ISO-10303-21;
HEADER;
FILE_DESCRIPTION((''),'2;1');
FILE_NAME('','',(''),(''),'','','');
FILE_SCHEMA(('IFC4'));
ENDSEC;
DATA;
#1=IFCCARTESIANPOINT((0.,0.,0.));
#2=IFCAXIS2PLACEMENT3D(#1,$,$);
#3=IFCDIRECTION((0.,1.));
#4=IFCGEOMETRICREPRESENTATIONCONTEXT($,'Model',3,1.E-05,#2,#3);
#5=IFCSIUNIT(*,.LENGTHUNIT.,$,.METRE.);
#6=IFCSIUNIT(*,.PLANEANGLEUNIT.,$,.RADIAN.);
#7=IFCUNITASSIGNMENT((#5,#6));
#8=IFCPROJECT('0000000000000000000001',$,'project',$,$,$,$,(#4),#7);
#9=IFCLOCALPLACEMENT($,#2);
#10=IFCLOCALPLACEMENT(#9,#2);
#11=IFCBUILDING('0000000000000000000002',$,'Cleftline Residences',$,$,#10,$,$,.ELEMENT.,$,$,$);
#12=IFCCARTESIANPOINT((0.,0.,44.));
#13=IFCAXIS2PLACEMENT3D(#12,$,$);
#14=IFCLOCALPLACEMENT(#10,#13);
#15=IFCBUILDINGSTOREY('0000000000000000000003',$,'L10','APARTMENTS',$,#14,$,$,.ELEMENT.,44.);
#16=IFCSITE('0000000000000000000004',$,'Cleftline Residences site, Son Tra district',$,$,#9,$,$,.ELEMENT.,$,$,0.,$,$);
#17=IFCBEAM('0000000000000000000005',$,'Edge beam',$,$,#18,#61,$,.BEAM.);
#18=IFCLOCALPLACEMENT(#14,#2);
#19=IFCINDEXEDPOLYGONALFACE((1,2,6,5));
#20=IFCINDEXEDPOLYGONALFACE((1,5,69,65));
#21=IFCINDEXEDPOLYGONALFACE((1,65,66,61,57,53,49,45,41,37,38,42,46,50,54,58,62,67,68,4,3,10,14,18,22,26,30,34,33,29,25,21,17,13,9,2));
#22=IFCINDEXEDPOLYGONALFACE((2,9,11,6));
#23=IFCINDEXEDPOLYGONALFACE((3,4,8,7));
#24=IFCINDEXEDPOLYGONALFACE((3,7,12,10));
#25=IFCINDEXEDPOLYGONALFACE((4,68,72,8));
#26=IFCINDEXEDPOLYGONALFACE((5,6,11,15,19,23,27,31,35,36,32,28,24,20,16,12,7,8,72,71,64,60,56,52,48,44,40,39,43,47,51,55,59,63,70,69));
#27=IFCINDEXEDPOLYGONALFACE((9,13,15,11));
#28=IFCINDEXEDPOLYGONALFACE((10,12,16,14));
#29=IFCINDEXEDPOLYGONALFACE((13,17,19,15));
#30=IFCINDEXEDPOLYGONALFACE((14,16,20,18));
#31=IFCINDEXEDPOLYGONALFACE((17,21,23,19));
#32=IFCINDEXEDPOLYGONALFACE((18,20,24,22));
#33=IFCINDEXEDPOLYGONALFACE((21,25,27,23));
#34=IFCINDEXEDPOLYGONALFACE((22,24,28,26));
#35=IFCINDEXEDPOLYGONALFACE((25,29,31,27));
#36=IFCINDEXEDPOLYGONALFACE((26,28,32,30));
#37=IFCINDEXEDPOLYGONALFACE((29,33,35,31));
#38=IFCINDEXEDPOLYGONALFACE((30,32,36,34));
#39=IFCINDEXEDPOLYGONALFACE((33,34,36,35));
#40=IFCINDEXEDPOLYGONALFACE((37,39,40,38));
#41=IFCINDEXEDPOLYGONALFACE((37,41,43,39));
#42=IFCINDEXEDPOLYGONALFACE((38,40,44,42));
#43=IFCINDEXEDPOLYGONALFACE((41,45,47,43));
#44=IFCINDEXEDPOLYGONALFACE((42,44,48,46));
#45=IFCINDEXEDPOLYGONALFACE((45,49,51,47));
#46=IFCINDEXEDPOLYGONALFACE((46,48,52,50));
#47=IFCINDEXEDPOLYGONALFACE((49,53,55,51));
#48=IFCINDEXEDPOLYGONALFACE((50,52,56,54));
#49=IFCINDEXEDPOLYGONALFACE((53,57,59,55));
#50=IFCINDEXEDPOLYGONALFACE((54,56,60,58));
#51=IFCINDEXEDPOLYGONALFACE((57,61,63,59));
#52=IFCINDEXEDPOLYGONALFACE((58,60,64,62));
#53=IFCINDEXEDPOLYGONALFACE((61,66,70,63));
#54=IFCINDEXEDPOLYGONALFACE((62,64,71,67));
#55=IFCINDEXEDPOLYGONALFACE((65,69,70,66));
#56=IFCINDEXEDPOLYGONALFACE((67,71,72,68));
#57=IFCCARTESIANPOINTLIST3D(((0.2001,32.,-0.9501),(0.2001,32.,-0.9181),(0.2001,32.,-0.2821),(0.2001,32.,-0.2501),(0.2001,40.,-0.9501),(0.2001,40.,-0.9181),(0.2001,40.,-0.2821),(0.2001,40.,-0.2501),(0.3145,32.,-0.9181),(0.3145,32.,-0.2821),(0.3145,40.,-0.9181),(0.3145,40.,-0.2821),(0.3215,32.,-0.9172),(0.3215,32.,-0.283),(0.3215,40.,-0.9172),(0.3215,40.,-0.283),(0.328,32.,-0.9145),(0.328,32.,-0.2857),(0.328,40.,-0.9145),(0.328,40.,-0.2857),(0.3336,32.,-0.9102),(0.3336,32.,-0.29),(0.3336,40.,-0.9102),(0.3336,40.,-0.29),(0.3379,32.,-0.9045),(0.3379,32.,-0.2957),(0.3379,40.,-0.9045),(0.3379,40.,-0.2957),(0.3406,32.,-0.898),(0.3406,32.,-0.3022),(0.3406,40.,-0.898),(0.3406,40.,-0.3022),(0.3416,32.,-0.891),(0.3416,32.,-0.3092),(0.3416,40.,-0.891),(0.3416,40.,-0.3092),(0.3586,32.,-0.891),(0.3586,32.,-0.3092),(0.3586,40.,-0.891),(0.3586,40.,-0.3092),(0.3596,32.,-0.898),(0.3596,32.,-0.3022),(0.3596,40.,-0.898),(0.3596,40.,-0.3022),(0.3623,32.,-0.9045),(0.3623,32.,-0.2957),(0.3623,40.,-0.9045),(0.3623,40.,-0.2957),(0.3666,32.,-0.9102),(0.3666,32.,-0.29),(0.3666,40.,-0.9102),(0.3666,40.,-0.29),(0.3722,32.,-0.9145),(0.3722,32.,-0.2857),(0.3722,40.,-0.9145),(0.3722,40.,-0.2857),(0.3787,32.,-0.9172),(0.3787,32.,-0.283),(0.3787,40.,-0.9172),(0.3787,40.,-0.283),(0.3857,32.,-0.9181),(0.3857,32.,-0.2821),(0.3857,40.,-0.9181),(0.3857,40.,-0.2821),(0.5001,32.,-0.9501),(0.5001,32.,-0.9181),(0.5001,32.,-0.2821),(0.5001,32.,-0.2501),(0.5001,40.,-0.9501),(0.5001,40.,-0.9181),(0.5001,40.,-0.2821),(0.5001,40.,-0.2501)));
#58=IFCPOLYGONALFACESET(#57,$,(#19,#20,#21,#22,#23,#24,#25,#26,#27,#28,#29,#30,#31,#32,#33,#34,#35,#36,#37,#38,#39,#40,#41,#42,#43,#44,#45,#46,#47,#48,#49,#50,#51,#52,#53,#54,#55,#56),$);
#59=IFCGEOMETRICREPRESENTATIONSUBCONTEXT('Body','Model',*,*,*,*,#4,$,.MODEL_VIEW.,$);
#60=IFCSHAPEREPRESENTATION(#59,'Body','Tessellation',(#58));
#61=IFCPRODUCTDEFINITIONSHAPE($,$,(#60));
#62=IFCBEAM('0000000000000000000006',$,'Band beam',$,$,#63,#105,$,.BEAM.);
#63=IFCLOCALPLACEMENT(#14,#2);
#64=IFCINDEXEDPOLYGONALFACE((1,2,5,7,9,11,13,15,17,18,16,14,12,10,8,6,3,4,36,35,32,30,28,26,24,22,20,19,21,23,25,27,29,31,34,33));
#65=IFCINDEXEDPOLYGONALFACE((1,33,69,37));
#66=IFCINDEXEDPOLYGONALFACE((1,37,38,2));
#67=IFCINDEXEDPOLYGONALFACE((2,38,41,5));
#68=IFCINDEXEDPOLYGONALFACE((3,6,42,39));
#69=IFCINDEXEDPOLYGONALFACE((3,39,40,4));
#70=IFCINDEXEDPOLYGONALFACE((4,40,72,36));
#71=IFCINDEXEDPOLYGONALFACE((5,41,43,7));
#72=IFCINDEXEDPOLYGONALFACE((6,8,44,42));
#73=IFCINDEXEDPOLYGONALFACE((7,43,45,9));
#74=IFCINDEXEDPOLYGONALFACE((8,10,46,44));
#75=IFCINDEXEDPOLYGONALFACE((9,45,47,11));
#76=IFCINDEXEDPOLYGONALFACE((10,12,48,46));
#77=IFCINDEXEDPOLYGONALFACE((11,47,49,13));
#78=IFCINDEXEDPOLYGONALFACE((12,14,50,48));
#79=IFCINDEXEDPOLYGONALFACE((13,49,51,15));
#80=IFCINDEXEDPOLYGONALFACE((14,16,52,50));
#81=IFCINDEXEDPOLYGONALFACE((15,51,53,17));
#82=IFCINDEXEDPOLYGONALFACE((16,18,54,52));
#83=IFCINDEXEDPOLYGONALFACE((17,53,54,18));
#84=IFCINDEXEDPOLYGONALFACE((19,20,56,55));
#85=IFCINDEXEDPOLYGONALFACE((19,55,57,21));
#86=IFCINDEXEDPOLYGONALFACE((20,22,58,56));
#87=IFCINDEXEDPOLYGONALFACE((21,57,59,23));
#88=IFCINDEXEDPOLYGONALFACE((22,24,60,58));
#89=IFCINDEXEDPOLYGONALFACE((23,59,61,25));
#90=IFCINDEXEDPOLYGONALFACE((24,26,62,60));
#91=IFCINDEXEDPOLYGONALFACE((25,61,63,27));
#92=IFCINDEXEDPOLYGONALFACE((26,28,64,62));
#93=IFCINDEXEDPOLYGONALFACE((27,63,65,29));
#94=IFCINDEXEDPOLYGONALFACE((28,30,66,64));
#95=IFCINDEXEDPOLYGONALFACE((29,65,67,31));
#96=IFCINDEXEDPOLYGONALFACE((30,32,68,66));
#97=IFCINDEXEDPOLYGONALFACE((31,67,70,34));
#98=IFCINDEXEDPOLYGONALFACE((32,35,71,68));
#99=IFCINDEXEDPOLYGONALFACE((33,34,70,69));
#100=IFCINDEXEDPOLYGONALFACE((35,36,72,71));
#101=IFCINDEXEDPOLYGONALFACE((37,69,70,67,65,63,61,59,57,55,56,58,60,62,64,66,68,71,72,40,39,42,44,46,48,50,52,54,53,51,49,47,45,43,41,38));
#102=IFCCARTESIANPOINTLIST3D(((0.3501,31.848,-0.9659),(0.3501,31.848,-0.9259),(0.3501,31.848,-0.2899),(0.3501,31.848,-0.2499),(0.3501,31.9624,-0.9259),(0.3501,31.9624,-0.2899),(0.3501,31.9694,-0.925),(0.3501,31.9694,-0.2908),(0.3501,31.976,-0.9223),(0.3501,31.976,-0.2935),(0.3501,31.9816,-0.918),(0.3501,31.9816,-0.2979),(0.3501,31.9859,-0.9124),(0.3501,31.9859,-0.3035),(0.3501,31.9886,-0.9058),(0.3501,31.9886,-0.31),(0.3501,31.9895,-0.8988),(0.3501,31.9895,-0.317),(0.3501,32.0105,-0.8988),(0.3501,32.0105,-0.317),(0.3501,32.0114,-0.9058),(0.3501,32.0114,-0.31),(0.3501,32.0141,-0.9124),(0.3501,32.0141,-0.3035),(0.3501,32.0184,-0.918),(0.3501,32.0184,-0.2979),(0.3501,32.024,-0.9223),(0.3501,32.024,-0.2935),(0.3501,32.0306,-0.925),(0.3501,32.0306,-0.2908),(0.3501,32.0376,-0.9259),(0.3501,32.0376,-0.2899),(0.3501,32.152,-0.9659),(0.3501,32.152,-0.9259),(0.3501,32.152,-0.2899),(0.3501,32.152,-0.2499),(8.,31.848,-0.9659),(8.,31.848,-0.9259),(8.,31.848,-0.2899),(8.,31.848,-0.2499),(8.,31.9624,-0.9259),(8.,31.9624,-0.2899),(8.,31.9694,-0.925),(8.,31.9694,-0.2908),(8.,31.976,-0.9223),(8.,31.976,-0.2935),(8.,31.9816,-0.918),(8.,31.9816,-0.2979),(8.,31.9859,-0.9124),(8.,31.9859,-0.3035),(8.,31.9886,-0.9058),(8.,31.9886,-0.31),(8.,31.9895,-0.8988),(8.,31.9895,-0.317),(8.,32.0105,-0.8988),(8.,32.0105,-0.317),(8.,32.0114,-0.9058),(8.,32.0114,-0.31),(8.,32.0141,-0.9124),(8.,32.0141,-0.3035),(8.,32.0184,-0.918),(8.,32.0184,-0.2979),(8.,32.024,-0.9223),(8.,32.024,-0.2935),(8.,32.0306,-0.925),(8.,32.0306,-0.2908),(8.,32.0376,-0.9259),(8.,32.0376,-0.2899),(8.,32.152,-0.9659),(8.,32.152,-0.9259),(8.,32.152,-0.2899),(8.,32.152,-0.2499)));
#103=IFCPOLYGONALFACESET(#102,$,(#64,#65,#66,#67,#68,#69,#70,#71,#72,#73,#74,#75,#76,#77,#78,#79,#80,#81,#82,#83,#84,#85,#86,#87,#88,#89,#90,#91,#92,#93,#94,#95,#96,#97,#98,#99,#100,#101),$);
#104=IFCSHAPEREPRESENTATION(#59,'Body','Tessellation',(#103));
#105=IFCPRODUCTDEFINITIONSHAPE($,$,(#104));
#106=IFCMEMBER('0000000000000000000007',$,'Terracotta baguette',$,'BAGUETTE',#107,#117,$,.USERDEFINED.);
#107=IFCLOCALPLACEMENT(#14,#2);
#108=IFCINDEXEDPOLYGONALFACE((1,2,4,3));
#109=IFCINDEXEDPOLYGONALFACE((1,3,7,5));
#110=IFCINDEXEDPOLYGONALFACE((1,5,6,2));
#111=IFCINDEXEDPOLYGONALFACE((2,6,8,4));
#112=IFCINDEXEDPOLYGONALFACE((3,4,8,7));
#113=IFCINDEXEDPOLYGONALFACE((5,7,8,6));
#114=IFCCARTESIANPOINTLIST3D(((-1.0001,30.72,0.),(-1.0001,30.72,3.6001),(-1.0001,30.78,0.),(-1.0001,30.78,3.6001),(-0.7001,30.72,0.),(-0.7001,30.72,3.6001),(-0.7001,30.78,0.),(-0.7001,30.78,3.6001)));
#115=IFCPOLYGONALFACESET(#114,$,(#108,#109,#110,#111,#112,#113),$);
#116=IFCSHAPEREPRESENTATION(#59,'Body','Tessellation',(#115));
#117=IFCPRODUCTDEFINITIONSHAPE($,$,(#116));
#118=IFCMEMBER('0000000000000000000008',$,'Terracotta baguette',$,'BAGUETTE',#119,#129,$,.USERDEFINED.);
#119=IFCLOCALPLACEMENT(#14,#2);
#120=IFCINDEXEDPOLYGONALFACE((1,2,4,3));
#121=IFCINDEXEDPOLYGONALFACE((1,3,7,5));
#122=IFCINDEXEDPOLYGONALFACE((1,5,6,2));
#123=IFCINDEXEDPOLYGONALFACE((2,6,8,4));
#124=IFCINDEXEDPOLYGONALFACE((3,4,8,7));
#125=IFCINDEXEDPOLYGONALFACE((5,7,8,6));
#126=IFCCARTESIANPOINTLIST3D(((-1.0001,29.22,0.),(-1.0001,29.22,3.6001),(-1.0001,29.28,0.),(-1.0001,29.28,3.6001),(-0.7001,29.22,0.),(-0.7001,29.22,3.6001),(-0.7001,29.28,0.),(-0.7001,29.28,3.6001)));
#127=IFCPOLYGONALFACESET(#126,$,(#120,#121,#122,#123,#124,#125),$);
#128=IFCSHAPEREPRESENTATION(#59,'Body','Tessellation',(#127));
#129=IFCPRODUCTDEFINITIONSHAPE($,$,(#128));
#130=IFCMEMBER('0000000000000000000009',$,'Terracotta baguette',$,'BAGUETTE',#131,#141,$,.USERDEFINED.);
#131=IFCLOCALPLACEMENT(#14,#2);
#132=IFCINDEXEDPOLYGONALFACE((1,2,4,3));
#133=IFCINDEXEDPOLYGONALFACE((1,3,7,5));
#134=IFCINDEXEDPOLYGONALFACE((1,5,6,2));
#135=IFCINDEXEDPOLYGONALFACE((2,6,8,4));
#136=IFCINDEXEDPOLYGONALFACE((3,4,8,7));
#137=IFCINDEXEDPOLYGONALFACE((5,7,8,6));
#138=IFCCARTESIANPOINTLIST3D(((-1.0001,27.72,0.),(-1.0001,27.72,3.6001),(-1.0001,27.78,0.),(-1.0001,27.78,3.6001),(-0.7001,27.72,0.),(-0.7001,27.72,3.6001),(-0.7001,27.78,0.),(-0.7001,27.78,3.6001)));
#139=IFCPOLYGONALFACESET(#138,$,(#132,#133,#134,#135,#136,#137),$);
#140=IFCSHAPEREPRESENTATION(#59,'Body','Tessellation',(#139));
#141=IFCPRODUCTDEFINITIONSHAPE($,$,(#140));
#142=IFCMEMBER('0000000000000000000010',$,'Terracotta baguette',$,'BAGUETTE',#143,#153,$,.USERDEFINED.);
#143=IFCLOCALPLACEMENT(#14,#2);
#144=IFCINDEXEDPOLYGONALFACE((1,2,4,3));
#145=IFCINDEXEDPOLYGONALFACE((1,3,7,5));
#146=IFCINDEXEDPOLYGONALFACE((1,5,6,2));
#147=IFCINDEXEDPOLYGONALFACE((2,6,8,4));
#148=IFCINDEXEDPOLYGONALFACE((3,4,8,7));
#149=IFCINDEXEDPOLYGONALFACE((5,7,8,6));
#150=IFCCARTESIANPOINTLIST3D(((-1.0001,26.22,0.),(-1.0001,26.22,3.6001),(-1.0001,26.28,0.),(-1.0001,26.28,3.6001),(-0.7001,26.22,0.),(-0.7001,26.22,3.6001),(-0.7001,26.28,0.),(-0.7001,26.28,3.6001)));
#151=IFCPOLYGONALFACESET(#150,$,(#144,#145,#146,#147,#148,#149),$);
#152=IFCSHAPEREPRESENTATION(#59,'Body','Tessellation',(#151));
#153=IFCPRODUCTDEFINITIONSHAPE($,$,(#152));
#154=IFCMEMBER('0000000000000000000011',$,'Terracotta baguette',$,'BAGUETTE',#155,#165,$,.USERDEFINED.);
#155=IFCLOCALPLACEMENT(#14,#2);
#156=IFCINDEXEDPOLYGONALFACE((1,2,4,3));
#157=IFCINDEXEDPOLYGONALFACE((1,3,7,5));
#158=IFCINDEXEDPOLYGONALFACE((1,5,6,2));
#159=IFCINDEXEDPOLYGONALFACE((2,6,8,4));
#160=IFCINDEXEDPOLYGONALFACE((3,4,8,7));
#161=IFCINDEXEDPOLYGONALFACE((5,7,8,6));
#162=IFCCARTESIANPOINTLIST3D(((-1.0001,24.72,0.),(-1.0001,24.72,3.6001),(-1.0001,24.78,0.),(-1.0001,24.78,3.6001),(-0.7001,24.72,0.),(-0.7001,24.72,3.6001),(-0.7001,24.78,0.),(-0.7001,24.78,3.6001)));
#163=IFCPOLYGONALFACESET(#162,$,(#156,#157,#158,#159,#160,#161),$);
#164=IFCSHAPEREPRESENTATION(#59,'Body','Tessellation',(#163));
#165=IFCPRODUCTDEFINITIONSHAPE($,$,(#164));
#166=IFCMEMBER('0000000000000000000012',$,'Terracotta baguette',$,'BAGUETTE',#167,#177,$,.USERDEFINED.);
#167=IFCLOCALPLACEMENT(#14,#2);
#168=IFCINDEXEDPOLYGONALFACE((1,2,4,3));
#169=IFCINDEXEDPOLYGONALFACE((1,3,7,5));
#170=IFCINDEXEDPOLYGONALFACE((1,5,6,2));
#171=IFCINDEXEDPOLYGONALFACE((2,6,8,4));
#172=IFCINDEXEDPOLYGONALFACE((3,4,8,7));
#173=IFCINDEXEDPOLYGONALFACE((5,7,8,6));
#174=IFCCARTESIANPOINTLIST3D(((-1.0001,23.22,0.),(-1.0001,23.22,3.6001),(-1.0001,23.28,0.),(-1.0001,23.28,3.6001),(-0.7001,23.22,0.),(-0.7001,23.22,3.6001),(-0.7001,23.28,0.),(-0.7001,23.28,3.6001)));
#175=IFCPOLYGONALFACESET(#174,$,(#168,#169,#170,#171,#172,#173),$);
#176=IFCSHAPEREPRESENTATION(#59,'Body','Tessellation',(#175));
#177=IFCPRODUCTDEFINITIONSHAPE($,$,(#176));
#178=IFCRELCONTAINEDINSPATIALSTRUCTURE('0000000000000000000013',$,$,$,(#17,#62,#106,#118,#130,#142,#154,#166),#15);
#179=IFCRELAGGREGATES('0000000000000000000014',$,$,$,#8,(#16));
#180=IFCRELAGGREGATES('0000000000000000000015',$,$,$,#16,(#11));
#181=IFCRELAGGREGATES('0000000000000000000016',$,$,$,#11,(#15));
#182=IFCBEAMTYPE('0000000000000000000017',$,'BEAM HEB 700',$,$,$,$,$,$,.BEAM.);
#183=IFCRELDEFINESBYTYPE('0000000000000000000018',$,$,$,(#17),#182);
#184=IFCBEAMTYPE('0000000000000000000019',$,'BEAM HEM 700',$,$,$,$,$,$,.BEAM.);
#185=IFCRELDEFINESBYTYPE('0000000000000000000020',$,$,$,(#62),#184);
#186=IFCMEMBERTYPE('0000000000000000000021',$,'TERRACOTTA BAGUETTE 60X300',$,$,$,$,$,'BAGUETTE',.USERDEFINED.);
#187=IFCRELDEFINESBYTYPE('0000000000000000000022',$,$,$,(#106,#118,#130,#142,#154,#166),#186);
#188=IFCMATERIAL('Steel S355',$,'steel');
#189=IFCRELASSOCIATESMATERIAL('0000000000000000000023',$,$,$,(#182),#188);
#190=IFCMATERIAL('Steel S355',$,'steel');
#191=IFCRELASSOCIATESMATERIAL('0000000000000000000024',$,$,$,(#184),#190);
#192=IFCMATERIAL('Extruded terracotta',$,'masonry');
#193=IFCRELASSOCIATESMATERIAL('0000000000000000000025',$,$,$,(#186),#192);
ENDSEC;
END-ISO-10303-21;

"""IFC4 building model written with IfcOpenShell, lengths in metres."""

from ifc_helpers import new_model, si_unit, direction, frame, origin, origin_2d, place, context, subcontext, project, spatial, rectangle, i_section, extrude, material, material_profile, profile_set, type_object, element, save


model = new_model("IFC4")

# Units and contexts
model_context = context("Model", 3, precision=1e-05, world=origin(), true_north=direction((0.0, 1.0)))
body_context = subcontext(model_context, "Body", "Model", "MODEL_VIEW")
ifc_project = project(units=[si_unit("LENGTHUNIT", "METRE"), si_unit("PLANEANGLEUNIT", "RADIAN")], contexts=[model_context])

# Site, building, storey
site_placement = place(None, origin())
site = spatial("IfcSite", under=ifc_project, at=site_placement, Name="Cleftline Residences site, Son Tra district", CompositionType="ELEMENT", RefElevation=0.0)
building_placement = place(site_placement, origin())
building = spatial("IfcBuilding", under=site, at=building_placement, Name="Cleftline Residences", CompositionType="ELEMENT")
storey_placement = place(building_placement, frame((0.0, 0.0, 44.0)))
storey = spatial("IfcBuildingStorey", under=building, at=storey_placement, Name="L10", Description="APARTMENTS", CompositionType="ELEMENT", Elevation=44.0)

# Beams
ifc_material_1 = material(Name="Steel S355", Category="steel")
ifc_material_profile_1 = material_profile(ifc_material_1, i_section(OverallWidth=0.3, OverallDepth=0.7, WebThickness=0.0171, FlangeThickness=0.032, FilletRadius=0.0271, at=origin_2d()))
ifc_profile_set_1 = profile_set([ifc_material_profile_1], Name="Steel S355")
beam_type_1 = type_object("IfcBeamType", Name="BEAM HEB 700", PredefinedType="BEAM", material=ifc_profile_set_1)
for number, where, z_axis, x_axis, name in (
    (1, (0.3501, 32.0, -0.6001), (0.0, 1.0, 0.0), (-1.0, 0.0, 0.0), "Edge beam"),
):
    element("IfcBeam", number, at=place(storey_placement, frame(where, z_axis=z_axis, x_axis=x_axis)), inside=storey, type_object=beam_type_1, Name=name, PredefinedType="BEAM", context=body_context, shape_type="SweptSolid", body=[
        extrude(i_section(OverallWidth=0.3, OverallDepth=0.7, WebThickness=0.0171, FlangeThickness=0.032, FilletRadius=0.0271, at=origin_2d()), origin(), (0.0, 0.0, 1.0), 8.0),
    ])
ifc_material_2 = material(Name="Steel S355", Category="steel")
ifc_material_profile_2 = material_profile(ifc_material_2, i_section(OverallWidth=0.304, OverallDepth=0.7161, WebThickness=0.021, FlangeThickness=0.04, FilletRadius=0.0271, at=origin_2d()))
ifc_profile_set_2 = profile_set([ifc_material_profile_2], Name="Steel S355")
beam_type_2 = type_object("IfcBeamType", Name="BEAM HEM 700", PredefinedType="BEAM", material=ifc_profile_set_2)
beam_placement = place(storey_placement, frame((0.3501, 32.0, -0.6079), z_axis=(1.0, 0.0, 0.0), x_axis=(0.0, 1.0, 0.0)))
element("IfcBeam", 2, at=beam_placement, inside=storey, type_object=beam_type_2, Name="Band beam", PredefinedType="BEAM", context=body_context, shape_type="SweptSolid", body=[
    extrude(i_section(OverallWidth=0.304, OverallDepth=0.7161, WebThickness=0.021, FlangeThickness=0.04, FilletRadius=0.0271, at=origin_2d()), origin(), (0.0, 0.0, 1.0), 7.6499),
])

# Members
ifc_material_3 = material(Name="Extruded terracotta", Category="masonry")
ifc_material_profile_3 = material_profile(ifc_material_3, rectangle(XDim=0.0601, YDim=0.3, at=origin_2d()))
ifc_profile_set_3 = profile_set([ifc_material_profile_3], Name="Extruded terracotta")
member_type_1 = type_object("IfcMemberType", Name="TERRACOTTA BAGUETTE 60X300", ElementType="BAGUETTE", PredefinedType="USERDEFINED", material=ifc_profile_set_3)
for number, where, z_axis, x_axis, name in (
    (3, (-0.8501, 30.75, 0.0), (0.0, 0.0, 1.0), (0.0, 1.0, 0.0), "Terracotta baguette"),
    (4, (-0.8501, 29.25, 0.0), (0.0, 0.0, 1.0), (0.0, 1.0, 0.0), "Terracotta baguette"),
    (5, (-0.8501, 27.75, 0.0), (0.0, 0.0, 1.0), (0.0, 1.0, 0.0), "Terracotta baguette"),
    (6, (-0.8501, 26.25, 0.0), (0.0, 0.0, 1.0), (0.0, 1.0, 0.0), "Terracotta baguette"),
    (7, (-0.8501, 24.75, 0.0), (0.0, 0.0, 1.0), (0.0, 1.0, 0.0), "Terracotta baguette"),
    (8, (-0.8501, 23.25, 0.0), (0.0, 0.0, 1.0), (0.0, 1.0, 0.0), "Terracotta baguette"),
):
    element("IfcMember", number, at=place(storey_placement, frame(where, z_axis=z_axis, x_axis=x_axis)), inside=storey, type_object=member_type_1, Name=name, ObjectType="BAGUETTE", PredefinedType="USERDEFINED", context=body_context, shape_type="SweptSolid", body=[
        extrude(rectangle(XDim=0.0601, YDim=0.3, at=origin_2d()), origin(), (0.0, 0.0, 1.0), 3.6001),
    ])

save(model, "model.ifc")
